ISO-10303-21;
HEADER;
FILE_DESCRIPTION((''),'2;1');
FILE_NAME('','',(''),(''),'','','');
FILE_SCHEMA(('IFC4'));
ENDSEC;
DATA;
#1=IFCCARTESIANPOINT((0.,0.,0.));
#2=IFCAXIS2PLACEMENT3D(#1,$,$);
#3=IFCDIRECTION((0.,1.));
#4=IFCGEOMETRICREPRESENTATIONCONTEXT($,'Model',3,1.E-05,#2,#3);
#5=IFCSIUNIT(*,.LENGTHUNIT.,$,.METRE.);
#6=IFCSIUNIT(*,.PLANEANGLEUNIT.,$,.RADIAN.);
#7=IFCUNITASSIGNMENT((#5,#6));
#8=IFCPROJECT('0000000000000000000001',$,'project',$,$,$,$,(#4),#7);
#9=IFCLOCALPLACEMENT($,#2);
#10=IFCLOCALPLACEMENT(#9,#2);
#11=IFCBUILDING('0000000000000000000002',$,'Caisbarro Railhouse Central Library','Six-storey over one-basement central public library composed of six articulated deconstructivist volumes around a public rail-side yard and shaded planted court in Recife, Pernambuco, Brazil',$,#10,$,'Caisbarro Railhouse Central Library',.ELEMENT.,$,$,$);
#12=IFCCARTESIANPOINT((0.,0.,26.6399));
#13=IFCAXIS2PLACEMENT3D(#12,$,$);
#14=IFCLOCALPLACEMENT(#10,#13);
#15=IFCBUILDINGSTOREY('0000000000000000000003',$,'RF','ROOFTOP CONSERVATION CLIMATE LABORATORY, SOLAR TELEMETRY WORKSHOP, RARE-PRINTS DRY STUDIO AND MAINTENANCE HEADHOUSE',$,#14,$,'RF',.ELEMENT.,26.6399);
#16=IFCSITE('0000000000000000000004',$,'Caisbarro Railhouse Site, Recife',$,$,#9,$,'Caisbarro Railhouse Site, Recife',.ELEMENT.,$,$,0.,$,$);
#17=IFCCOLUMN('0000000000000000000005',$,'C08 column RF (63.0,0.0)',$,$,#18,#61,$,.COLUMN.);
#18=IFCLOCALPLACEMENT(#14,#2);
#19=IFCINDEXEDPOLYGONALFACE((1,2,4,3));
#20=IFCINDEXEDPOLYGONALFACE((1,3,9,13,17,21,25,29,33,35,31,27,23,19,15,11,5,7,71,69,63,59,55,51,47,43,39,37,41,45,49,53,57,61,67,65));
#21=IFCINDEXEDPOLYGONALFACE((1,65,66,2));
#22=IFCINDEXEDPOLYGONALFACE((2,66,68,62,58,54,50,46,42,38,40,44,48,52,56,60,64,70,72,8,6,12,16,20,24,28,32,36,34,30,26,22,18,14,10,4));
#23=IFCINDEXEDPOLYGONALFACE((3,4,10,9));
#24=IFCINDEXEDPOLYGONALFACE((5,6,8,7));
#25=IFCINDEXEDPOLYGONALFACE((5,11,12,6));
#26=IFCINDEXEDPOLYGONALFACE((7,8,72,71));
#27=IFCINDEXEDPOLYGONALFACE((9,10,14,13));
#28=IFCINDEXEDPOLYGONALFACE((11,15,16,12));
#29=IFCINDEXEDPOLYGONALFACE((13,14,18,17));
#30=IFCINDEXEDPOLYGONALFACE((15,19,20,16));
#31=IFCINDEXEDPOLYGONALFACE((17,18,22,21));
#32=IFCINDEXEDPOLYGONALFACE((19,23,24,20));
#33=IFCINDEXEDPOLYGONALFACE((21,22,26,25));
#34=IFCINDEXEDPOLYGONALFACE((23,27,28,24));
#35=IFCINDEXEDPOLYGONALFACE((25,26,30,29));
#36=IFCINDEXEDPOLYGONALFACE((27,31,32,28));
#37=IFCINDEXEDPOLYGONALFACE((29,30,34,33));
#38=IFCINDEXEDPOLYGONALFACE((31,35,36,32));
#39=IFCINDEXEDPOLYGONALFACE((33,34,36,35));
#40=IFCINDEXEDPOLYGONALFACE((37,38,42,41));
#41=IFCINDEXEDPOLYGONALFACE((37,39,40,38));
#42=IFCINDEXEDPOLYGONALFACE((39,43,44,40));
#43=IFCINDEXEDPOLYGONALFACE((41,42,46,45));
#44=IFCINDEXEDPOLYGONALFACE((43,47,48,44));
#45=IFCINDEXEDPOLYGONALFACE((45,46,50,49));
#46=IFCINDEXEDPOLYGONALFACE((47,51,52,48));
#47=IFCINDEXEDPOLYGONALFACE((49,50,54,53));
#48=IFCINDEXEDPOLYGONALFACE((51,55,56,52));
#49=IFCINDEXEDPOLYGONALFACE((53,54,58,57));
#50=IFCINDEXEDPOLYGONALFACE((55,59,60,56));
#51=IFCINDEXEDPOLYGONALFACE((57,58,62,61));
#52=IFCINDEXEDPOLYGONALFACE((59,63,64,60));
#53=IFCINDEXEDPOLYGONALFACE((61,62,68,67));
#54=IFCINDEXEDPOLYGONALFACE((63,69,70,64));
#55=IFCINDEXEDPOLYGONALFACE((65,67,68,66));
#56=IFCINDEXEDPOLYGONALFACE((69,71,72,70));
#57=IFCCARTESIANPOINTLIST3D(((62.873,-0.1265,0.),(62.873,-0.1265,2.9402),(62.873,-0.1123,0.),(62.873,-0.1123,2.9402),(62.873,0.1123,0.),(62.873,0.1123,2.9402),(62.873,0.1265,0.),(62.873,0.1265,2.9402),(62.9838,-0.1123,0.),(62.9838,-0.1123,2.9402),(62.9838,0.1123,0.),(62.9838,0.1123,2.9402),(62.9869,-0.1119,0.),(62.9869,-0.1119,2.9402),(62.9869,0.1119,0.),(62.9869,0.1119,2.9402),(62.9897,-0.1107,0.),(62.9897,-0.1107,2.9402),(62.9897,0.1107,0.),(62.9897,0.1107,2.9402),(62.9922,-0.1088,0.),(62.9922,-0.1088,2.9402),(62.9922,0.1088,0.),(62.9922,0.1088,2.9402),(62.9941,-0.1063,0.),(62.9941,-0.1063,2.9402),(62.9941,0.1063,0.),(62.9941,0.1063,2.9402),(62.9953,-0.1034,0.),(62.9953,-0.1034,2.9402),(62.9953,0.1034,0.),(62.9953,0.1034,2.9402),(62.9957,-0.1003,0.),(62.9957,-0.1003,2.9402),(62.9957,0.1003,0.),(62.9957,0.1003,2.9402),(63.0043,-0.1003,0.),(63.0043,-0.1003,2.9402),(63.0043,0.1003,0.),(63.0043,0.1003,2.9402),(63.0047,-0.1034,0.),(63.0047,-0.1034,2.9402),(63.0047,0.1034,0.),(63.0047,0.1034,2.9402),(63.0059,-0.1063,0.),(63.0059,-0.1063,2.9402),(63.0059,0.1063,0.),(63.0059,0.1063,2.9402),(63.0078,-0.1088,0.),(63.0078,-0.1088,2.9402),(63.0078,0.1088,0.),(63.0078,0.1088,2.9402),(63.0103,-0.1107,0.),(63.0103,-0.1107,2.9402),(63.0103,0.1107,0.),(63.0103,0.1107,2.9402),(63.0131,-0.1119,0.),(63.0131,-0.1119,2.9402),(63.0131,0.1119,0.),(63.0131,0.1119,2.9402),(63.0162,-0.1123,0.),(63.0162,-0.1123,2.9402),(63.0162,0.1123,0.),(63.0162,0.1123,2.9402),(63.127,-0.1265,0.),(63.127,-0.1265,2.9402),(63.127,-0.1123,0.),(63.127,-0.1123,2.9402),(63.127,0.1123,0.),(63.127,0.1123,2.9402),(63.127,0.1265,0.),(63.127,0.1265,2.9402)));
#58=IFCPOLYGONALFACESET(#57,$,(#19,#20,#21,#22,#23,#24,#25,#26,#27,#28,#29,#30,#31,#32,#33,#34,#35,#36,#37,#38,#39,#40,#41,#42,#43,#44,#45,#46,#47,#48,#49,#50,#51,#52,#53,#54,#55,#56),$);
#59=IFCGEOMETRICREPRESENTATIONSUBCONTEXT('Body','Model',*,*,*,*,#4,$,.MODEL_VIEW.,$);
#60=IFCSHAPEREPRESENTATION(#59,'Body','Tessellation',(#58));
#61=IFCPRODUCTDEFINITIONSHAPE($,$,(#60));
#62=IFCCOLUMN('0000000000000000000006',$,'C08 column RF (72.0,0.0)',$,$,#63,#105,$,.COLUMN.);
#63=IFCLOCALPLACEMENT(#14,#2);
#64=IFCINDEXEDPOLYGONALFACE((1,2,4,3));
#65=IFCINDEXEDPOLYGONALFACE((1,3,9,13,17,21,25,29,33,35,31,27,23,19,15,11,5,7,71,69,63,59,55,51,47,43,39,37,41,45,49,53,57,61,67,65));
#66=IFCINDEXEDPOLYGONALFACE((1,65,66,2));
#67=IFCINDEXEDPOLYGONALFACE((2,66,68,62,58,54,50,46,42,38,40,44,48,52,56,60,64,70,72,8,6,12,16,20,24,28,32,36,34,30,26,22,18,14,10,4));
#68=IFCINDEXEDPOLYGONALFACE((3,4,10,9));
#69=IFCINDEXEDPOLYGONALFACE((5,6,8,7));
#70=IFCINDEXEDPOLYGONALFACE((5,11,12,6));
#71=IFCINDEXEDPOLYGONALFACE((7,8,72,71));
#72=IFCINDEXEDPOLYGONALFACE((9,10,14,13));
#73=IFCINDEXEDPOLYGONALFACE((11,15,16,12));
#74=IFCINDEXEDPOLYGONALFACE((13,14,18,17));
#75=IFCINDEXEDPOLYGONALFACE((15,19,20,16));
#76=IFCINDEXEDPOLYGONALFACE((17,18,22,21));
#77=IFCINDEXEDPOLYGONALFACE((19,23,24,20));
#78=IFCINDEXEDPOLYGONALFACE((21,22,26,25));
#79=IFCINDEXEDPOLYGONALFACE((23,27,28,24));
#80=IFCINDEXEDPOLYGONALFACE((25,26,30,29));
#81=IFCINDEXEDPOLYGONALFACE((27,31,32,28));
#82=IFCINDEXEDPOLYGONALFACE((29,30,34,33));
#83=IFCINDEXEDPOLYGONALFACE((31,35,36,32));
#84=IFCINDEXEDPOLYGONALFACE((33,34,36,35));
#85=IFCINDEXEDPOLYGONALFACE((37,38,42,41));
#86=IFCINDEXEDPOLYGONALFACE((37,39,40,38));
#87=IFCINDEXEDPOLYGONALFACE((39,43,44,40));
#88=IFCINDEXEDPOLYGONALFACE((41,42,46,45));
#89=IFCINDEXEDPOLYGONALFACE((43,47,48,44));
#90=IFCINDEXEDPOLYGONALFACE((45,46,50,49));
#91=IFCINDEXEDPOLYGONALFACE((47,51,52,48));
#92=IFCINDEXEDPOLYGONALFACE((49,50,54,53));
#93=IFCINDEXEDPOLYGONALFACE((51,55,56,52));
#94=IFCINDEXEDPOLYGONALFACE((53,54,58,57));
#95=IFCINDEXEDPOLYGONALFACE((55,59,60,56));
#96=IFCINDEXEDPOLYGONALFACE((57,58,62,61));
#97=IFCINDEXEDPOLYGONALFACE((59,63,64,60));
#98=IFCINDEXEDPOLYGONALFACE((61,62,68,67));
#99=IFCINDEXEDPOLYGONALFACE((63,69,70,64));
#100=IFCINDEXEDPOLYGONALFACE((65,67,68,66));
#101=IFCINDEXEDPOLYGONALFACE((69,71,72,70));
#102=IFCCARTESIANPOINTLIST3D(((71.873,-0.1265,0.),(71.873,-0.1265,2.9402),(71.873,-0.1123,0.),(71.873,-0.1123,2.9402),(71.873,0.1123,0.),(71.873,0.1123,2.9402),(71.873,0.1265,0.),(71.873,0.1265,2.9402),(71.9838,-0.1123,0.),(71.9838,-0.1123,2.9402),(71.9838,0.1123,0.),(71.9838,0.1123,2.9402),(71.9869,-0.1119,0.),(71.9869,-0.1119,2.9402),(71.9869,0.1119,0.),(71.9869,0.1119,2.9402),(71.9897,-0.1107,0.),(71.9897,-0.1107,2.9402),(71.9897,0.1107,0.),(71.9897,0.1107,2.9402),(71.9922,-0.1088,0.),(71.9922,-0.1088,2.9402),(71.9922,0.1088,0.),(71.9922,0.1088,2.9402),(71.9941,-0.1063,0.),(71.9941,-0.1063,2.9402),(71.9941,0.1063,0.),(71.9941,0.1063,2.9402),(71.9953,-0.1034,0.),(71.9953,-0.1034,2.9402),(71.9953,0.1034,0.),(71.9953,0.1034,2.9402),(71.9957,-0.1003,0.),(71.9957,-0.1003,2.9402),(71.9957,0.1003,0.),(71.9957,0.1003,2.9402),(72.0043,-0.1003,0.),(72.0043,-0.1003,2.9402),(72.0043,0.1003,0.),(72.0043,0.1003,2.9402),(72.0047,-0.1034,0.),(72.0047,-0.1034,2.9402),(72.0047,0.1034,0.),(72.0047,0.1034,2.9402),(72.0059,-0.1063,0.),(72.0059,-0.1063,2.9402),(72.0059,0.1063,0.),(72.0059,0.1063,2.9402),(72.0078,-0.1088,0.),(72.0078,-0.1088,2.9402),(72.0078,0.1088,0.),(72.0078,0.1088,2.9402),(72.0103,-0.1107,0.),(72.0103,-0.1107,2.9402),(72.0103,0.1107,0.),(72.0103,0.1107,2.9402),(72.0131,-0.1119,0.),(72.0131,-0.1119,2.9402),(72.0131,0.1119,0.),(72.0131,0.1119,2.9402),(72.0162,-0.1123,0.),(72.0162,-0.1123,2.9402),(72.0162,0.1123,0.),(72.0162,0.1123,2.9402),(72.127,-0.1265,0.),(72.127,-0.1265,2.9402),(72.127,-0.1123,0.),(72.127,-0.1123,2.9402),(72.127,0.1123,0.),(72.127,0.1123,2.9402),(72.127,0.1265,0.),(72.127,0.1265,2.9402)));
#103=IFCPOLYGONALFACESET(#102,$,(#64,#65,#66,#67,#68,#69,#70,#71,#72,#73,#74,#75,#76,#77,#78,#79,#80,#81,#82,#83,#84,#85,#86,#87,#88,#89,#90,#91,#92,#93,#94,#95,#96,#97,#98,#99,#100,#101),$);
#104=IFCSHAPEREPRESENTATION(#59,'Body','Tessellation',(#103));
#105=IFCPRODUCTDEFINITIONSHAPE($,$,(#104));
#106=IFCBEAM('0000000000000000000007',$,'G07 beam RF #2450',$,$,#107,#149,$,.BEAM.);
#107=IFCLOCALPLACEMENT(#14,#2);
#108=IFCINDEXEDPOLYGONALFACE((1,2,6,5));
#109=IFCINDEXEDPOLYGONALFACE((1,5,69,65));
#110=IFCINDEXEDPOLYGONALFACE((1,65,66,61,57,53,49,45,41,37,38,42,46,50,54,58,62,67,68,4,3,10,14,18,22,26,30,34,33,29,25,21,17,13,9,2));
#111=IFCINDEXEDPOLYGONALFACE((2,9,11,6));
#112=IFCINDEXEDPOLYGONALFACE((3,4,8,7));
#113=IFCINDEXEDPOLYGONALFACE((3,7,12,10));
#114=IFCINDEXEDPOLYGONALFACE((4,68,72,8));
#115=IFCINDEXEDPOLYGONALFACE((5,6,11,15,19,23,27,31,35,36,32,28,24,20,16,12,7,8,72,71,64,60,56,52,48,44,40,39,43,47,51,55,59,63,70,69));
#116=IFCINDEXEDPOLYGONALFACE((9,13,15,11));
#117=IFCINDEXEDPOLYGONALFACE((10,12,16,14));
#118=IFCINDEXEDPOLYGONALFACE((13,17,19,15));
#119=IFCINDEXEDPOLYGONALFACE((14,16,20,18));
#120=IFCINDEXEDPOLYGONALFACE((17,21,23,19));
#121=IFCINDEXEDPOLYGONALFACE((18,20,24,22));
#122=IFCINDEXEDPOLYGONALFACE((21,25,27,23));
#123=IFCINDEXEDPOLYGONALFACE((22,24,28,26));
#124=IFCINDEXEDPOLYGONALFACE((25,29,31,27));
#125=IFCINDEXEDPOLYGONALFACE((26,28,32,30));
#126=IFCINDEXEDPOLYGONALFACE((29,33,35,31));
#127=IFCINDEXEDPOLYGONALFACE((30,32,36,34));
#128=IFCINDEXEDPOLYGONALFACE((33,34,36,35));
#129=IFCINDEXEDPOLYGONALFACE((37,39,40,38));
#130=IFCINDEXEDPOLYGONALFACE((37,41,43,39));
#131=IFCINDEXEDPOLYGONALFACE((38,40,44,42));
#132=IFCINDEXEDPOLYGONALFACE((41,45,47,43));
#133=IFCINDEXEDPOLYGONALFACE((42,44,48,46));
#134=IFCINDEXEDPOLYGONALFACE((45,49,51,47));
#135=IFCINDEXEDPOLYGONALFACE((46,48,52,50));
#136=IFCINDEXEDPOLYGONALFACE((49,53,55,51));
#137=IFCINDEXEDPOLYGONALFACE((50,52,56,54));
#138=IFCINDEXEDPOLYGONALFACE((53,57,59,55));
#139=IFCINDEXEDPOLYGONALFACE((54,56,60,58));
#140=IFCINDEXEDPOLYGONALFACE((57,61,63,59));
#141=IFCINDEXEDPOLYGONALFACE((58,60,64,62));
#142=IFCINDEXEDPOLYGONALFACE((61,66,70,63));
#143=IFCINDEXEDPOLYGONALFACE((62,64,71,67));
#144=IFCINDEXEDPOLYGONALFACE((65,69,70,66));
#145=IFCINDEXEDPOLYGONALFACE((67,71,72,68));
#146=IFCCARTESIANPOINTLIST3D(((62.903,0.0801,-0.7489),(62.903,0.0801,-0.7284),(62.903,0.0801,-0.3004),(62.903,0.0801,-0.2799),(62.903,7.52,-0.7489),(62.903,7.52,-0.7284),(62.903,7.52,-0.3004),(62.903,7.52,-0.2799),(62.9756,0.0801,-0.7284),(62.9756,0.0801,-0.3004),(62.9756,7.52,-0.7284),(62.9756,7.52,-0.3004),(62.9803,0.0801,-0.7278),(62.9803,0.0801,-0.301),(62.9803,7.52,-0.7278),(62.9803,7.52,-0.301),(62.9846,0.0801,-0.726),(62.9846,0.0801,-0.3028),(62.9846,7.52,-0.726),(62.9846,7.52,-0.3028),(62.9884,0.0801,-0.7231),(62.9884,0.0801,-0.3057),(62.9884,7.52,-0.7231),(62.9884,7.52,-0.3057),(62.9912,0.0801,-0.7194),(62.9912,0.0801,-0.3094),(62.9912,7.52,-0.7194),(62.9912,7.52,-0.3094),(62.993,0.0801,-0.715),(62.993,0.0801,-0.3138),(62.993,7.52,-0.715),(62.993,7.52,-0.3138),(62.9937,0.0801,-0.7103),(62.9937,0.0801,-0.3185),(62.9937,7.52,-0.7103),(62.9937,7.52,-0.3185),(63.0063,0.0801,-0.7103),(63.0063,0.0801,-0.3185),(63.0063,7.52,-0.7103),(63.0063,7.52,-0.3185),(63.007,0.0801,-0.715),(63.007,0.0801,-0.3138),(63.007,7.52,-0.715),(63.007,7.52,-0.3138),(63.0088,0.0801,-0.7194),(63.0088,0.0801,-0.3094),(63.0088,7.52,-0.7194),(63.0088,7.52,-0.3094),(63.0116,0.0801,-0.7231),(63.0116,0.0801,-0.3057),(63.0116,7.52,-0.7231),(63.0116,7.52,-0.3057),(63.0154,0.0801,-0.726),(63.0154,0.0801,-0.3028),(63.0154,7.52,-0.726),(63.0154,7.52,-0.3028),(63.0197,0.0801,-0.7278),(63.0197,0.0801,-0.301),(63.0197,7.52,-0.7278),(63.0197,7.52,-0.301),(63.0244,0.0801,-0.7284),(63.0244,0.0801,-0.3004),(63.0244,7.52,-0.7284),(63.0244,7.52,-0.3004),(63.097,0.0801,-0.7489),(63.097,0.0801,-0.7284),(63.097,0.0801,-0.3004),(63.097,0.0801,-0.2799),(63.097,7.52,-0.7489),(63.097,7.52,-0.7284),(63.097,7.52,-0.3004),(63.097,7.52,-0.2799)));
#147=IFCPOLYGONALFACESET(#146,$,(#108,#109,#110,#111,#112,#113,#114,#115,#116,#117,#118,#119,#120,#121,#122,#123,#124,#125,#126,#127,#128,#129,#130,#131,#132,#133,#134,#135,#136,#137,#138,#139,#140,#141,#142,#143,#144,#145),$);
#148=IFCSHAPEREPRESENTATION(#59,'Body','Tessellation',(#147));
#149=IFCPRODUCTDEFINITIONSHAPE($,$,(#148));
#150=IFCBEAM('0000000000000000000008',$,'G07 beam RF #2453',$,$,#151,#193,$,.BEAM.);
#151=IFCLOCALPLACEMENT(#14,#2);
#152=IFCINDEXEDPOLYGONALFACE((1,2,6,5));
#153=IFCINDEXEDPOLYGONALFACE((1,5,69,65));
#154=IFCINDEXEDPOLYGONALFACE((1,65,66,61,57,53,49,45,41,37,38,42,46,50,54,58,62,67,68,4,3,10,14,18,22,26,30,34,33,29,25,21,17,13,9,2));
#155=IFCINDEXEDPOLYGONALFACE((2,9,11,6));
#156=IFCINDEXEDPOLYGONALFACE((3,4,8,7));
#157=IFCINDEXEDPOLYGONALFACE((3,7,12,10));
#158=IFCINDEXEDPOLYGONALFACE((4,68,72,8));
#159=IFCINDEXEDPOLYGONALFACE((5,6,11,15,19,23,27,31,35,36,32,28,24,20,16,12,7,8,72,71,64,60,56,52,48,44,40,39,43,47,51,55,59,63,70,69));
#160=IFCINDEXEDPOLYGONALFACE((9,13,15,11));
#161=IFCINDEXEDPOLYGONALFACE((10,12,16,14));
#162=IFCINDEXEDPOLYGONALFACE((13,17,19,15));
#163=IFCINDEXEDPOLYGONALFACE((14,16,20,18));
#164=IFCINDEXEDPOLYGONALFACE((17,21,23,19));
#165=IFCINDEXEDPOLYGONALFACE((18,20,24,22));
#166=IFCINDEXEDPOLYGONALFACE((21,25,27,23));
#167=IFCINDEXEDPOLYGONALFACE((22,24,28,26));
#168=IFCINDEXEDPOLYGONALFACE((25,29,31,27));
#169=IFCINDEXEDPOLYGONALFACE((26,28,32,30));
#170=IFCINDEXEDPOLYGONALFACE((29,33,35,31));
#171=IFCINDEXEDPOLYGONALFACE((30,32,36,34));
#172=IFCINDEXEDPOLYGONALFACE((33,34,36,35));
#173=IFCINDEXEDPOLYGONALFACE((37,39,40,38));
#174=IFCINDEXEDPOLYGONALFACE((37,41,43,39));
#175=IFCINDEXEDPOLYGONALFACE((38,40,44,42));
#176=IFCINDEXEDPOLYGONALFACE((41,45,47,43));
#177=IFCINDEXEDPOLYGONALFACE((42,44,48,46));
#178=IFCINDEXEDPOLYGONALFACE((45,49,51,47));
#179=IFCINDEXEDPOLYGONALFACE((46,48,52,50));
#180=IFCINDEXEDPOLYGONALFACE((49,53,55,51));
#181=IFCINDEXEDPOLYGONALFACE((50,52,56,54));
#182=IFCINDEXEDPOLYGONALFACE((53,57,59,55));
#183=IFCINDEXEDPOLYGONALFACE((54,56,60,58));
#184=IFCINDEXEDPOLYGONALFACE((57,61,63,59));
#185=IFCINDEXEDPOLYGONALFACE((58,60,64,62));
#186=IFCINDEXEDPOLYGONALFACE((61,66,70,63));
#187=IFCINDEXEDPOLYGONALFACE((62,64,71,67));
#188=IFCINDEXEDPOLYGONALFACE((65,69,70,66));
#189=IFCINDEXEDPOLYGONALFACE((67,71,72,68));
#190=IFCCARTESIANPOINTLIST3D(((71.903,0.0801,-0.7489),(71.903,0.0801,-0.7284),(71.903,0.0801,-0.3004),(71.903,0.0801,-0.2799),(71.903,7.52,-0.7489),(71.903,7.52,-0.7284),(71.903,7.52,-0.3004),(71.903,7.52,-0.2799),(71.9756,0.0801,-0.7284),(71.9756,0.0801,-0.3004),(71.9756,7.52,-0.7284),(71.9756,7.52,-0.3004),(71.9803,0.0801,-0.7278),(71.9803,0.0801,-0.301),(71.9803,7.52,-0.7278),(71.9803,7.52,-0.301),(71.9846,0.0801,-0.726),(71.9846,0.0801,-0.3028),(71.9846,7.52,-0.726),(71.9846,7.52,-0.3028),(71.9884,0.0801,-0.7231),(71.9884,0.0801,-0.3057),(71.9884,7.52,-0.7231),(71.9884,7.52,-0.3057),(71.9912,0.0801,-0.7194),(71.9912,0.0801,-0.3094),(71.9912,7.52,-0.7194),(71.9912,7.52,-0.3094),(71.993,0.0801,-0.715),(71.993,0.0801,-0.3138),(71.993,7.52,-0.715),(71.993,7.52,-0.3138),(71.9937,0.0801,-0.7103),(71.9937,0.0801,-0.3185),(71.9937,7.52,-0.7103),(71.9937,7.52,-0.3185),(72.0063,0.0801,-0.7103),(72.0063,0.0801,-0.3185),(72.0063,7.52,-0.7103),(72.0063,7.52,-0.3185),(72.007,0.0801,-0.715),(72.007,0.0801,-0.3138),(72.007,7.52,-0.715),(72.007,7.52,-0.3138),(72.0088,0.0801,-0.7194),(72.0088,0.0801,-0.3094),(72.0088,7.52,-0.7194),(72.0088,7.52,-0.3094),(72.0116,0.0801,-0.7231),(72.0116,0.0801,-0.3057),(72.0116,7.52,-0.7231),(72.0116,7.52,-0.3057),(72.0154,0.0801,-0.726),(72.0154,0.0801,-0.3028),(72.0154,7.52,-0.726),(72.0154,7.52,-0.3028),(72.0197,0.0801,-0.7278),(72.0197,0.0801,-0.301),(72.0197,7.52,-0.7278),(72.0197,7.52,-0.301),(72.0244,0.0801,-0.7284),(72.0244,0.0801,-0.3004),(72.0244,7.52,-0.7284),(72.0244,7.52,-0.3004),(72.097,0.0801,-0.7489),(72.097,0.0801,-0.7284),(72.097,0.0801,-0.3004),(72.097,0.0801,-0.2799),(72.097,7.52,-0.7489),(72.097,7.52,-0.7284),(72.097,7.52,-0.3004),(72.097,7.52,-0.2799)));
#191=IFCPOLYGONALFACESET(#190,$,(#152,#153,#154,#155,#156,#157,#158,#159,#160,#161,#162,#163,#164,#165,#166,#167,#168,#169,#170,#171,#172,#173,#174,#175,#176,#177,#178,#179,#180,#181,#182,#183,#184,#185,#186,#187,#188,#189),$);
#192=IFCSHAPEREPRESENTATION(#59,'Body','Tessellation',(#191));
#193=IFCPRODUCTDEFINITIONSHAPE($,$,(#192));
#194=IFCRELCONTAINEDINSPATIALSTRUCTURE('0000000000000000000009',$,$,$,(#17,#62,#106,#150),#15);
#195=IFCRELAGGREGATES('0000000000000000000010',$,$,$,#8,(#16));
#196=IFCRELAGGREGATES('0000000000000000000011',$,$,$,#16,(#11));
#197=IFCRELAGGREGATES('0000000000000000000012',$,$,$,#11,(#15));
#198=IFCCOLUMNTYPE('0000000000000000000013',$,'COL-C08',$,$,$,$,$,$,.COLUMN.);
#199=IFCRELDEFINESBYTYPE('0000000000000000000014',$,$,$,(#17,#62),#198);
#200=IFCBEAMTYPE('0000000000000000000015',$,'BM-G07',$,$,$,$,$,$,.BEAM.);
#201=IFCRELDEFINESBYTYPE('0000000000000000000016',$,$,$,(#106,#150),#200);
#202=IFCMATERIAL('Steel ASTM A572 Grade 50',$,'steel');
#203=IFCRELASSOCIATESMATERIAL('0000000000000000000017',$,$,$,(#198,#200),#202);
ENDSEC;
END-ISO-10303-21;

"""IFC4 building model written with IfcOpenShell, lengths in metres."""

from ifc_helpers import new_model, si_unit, direction, frame, origin, origin_2d, place, context, subcontext, project, spatial, i_section, extrude, material, material_profile, profile_set, type_object, element, save


model = new_model("IFC4")

# Units and contexts
model_context = context("Model", 3, precision=1e-05, world=origin(), true_north=direction((0.0, 1.0)))
body_context = subcontext(model_context, "Body", "Model", "MODEL_VIEW")
ifc_project = project(units=[si_unit("LENGTHUNIT", "METRE"), si_unit("PLANEANGLEUNIT", "RADIAN")], contexts=[model_context])

# Site, building, storey
site_placement = place(None, origin())
site = spatial("IfcSite", under=ifc_project, at=site_placement, Name="Caisbarro Railhouse Site, Recife", LongName="Caisbarro Railhouse Site, Recife", CompositionType="ELEMENT", RefElevation=0.0)
building_placement = place(site_placement, origin())
building = spatial("IfcBuilding", under=site, at=building_placement, Name="Caisbarro Railhouse Central Library", Description="Six-storey over one-basement central public library composed of six articulated deconstructivist volumes around a public rail-side yard and shaded planted court in Recife, Pernambuco, Brazil", LongName="Caisbarro Railhouse Central Library", CompositionType="ELEMENT")
storey_placement = place(building_placement, frame((0.0, 0.0, 26.6399)))
storey = spatial("IfcBuildingStorey", under=building, at=storey_placement, Name="RF", Description="ROOFTOP CONSERVATION CLIMATE LABORATORY, SOLAR TELEMETRY WORKSHOP, RARE-PRINTS DRY STUDIO AND MAINTENANCE HEADHOUSE", LongName="RF", CompositionType="ELEMENT", Elevation=26.6399)

# Columns
ifc_material_1 = material(Name="Steel ASTM A572 Grade 50", Category="steel")
ifc_material_profile_1 = material_profile(ifc_material_1, i_section(OverallWidth=0.2539, OverallDepth=0.2529, WebThickness=0.0085, FlangeThickness=0.0142, FilletRadius=0.012, at=origin_2d()), Name="W250X73.0")
ifc_profile_set_1 = profile_set([ifc_material_profile_1], Name="Steel ASTM A572 Grade 50")
column_type = type_object("IfcColumnType", Name="COL-C08", PredefinedType="COLUMN", material=ifc_profile_set_1)
for number, where, z_axis, x_axis, name in (
    (1, (63.0, 0.0, 0.0), (0.0, 0.0, 1.0), (1.0, 0.0, 0.0), "C08 column RF (63.0,0.0)"),
    (2, (72.0, 0.0, 0.0), (0.0, 0.0, 1.0), (1.0, 0.0, 0.0), "C08 column RF (72.0,0.0)"),
):
    element("IfcColumn", number, at=place(storey_placement, frame(where, z_axis=z_axis, x_axis=x_axis)), inside=storey, type_object=column_type, Name=name, PredefinedType="COLUMN", context=body_context, shape_type="SweptSolid", body=[
        extrude(i_section(OverallWidth=0.2539, OverallDepth=0.2529, WebThickness=0.0085, FlangeThickness=0.0142, FilletRadius=0.012, at=origin_2d()), origin(), (0.0, 0.0, 1.0), 2.9402),
    ])

# Beams
ifc_material_profile_2 = material_profile(ifc_material_1, i_section(OverallWidth=0.1941, OverallDepth=0.469, WebThickness=0.0127, FlangeThickness=0.0205, FilletRadius=0.0181, at=origin_2d()), Name="W460X106.0")
ifc_profile_set_2 = profile_set([ifc_material_profile_2], Name="Steel ASTM A572 Grade 50")
beam_type_1 = type_object("IfcBeamType", Name="BM-G07", PredefinedType="BEAM", material=ifc_profile_set_2)
for number, where, z_axis, x_axis, name in (
    (3, (63.0, 0.0801, -0.5144), (0.0, 1.0, 0.0), (-1.0, 0.0, 0.0), "G07 beam RF #2450"),
    (4, (72.0, 0.0801, -0.5144), (0.0, 1.0, 0.0), (-1.0, 0.0, 0.0), "G07 beam RF #2453"),
):
    element("IfcBeam", number, at=place(storey_placement, frame(where, z_axis=z_axis, x_axis=x_axis)), inside=storey, type_object=beam_type_1, Name=name, PredefinedType="BEAM", context=body_context, shape_type="SweptSolid", body=[
        extrude(i_section(OverallWidth=0.1941, OverallDepth=0.469, WebThickness=0.0127, FlangeThickness=0.0205, FilletRadius=0.0181, at=origin_2d()), origin(), (0.0, 0.0, 1.0), 7.4399),
    ])

save(model, "model.ifc")
